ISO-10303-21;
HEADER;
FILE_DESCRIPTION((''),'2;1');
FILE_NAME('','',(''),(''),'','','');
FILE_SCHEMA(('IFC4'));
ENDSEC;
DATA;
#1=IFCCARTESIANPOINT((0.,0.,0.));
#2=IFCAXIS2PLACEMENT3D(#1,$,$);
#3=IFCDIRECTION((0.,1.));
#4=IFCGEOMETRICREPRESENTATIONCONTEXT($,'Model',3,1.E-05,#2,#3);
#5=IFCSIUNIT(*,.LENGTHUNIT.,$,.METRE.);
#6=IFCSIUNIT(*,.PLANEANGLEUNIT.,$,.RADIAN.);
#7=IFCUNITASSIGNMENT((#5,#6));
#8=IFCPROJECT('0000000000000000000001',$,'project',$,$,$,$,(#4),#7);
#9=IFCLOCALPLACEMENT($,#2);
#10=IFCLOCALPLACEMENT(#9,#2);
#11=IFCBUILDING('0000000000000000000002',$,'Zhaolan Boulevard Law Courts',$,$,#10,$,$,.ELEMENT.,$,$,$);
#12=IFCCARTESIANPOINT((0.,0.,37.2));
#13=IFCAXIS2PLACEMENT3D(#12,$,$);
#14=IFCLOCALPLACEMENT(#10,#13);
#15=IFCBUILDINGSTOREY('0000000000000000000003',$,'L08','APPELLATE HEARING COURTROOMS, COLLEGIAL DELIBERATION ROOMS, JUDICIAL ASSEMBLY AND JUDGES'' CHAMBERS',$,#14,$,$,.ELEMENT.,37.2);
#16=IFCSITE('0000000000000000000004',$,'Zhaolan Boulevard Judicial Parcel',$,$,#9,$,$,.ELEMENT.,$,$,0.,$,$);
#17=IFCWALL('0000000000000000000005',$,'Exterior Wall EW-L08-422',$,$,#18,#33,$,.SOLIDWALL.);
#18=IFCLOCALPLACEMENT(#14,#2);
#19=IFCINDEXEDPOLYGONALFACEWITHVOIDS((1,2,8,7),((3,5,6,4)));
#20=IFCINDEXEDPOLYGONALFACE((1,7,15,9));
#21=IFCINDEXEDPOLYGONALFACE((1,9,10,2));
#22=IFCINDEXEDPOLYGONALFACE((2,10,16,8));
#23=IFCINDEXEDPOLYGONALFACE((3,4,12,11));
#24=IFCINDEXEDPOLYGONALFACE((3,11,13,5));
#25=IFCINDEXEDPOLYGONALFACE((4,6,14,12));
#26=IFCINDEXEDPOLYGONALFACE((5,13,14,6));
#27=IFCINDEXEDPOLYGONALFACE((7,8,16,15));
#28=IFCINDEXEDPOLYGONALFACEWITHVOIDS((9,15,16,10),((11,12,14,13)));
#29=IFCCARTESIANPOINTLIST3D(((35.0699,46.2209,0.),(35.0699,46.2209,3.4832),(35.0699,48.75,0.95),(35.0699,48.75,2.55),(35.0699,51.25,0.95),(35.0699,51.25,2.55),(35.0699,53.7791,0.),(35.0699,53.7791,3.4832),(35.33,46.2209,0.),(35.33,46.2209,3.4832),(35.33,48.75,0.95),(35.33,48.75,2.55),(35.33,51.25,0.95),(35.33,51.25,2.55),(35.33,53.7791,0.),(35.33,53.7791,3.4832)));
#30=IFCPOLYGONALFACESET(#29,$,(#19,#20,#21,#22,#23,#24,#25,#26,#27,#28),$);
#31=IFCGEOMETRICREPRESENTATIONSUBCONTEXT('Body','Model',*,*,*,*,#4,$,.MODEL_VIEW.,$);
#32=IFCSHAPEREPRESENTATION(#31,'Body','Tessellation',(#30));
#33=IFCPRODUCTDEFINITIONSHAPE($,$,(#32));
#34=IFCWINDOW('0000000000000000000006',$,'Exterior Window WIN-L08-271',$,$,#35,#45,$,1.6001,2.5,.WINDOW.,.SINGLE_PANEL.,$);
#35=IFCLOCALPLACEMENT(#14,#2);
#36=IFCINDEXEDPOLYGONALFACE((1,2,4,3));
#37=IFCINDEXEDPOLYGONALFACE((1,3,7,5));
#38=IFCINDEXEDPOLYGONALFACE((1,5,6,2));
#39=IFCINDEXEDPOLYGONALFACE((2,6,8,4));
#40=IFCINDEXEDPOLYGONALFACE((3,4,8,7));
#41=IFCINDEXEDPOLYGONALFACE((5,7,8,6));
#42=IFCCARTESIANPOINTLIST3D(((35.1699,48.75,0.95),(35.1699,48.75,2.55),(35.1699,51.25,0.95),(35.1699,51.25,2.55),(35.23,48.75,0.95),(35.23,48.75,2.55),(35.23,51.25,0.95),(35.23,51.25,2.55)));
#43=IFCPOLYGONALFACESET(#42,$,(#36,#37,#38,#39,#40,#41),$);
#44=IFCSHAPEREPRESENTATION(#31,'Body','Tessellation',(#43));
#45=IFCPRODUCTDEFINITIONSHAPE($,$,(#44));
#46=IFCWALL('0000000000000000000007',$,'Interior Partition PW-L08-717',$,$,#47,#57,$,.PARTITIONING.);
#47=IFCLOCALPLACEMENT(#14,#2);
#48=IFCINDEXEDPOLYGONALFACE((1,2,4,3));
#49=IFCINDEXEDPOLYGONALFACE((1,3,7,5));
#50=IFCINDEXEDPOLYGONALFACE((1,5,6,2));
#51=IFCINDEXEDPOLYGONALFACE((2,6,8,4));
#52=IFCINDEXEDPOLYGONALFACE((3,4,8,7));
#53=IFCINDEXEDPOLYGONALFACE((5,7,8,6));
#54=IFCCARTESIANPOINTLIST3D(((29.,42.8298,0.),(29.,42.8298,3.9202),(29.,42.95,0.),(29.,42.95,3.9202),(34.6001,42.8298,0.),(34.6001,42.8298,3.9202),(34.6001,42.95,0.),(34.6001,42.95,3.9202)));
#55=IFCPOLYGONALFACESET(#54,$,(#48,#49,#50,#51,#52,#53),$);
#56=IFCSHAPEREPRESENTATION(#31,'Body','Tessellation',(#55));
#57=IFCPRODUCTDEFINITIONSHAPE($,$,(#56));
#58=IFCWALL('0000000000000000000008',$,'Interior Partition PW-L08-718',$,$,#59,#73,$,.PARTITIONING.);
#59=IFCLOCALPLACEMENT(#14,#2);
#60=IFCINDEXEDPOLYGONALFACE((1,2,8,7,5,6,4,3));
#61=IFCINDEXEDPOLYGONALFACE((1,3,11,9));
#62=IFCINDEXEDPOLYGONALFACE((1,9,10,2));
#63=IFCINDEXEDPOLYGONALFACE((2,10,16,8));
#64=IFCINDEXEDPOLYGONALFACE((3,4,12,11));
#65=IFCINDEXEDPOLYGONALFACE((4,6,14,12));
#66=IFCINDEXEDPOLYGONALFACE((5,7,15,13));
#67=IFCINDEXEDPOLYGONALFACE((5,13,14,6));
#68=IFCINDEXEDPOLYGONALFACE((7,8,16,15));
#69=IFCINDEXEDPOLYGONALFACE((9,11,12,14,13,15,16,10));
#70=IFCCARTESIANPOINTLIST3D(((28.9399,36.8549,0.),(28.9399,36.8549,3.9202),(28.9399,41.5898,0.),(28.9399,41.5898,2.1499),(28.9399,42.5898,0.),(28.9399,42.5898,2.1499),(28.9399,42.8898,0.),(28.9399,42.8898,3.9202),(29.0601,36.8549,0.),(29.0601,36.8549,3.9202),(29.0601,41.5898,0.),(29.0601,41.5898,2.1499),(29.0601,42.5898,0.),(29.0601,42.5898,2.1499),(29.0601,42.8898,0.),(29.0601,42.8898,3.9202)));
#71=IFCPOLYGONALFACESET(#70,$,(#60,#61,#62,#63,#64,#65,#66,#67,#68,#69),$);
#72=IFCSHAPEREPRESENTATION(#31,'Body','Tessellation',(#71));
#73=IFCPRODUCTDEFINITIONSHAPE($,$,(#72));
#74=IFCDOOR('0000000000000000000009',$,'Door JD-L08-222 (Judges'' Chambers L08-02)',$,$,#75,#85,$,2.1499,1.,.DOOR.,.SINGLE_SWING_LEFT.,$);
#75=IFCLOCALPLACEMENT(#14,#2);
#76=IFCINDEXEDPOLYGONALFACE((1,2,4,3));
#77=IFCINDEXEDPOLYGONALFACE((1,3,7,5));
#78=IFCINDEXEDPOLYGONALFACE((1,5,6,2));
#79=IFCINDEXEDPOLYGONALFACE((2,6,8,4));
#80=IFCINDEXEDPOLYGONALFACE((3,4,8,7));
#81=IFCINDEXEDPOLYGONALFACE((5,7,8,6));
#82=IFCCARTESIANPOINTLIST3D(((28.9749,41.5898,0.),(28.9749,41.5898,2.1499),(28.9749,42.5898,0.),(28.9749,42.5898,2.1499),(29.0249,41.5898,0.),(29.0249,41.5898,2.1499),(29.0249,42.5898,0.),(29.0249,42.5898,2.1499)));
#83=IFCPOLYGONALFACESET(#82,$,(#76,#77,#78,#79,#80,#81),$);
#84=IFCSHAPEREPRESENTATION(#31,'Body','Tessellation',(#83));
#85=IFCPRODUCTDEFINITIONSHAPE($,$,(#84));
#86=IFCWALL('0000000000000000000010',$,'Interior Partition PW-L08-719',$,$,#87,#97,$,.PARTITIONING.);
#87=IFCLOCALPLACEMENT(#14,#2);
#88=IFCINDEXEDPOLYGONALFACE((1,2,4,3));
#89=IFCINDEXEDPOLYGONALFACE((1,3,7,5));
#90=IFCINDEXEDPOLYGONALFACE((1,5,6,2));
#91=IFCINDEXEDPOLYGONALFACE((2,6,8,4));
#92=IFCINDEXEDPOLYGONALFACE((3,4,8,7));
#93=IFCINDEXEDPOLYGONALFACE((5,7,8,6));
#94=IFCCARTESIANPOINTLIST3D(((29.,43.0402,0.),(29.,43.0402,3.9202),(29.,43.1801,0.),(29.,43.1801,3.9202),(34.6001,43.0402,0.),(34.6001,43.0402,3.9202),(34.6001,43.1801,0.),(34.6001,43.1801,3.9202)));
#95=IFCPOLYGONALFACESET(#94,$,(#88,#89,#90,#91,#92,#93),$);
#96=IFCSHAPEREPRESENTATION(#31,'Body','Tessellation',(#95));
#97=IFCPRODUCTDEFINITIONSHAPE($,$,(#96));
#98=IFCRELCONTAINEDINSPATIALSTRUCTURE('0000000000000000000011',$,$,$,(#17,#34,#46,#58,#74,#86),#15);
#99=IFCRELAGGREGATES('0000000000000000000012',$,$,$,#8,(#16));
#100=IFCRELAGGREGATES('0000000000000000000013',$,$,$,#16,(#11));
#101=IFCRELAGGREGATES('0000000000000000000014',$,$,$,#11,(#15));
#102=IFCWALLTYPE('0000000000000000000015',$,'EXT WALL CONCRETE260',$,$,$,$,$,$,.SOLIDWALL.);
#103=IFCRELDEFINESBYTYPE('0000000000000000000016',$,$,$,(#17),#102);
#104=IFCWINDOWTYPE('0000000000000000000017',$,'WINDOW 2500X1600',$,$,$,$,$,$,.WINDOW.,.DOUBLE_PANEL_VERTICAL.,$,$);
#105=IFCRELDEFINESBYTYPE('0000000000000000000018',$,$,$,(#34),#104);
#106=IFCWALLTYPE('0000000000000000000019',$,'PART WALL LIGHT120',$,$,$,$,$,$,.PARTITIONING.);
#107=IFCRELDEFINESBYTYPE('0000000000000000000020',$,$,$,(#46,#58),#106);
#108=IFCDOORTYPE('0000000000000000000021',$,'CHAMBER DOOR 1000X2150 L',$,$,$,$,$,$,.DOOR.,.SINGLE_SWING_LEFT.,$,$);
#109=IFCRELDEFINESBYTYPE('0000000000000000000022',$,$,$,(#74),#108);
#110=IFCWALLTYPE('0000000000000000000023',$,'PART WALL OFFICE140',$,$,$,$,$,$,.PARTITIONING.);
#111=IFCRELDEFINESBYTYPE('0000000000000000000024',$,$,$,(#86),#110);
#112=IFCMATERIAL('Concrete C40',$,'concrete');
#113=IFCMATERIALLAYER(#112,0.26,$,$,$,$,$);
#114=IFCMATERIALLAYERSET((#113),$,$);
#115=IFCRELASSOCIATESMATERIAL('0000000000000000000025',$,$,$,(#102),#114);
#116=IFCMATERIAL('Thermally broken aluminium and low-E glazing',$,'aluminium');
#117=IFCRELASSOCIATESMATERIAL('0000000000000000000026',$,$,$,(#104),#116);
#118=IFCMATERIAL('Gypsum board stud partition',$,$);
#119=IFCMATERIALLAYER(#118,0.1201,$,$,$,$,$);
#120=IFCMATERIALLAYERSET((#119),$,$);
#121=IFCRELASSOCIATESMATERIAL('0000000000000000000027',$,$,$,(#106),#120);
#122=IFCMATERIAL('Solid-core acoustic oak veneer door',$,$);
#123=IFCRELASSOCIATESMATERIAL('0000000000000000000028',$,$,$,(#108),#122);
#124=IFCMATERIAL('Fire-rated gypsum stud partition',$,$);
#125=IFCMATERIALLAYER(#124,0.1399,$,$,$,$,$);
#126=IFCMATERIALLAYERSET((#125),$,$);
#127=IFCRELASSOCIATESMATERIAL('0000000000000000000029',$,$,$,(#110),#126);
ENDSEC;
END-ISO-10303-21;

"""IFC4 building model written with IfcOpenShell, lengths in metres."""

from ifc_helpers import new_model, si_unit, direction, frame, frame_2d, origin, place, context, subcontext, project, spatial, rectangle, extrude, material, layer, layer_set, type_object, element, fill, save


model = new_model("IFC4")

# Units and contexts
model_context = context("Model", 3, precision=1e-05, world=origin(), true_north=direction((0.0, 1.0)))
body_context = subcontext(model_context, "Body", "Model", "MODEL_VIEW")
ifc_project = project(units=[si_unit("LENGTHUNIT", "METRE"), si_unit("PLANEANGLEUNIT", "RADIAN")], contexts=[model_context])

# Site, building, storey
site_placement = place(None, origin())
site = spatial("IfcSite", under=ifc_project, at=site_placement, Name="Zhaolan Boulevard Judicial Parcel", CompositionType="ELEMENT", RefElevation=0.0)
building_placement = place(site_placement, origin())
building = spatial("IfcBuilding", under=site, at=building_placement, Name="Zhaolan Boulevard Law Courts", CompositionType="ELEMENT")
storey_placement = place(building_placement, frame((0.0, 0.0, 37.2)))
storey = spatial("IfcBuildingStorey", under=building, at=storey_placement, Name="L08", Description="APPELLATE HEARING COURTROOMS, COLLEGIAL DELIBERATION ROOMS, JUDICIAL ASSEMBLY AND JUDGES' CHAMBERS", CompositionType="ELEMENT", Elevation=37.2)

# Shared definitions
ifc_material_1 = material(Name="Concrete C40", Category="concrete")
ifc_layer_1 = layer(ifc_material_1, 0.26)
ifc_layer_set_1 = layer_set([ifc_layer_1])
wall_type_1 = type_object("IfcWallType", Name="EXT WALL CONCRETE260", PredefinedType="SOLIDWALL", material=ifc_layer_set_1)

# Wall, opening, window
wall_1_placement = place(storey_placement, frame((35.2, 46.2209, 0.0), z_axis=(0.0, 0.0, 1.0), x_axis=(0.0, 1.0, 0.0)))
wall_1 = element("IfcWall", 1, at=wall_1_placement, inside=storey, type_object=wall_type_1, Name="Exterior Wall EW-L08-422", PredefinedType="SOLIDWALL", context=body_context, shape_type="SweptSolid", body=[
    extrude(rectangle(XDim=7.5581, YDim=0.26, at=frame_2d((3.7791, 0.0))), origin(), (0.0, 0.0, 1.0), 3.4832),
])
opening_1_placement = place(wall_1_placement, frame((2.5291, 0.0, 0.95)))
opening_1 = element("IfcOpeningElement", 2, at=opening_1_placement, cuts=wall_1, PredefinedType="OPENING", context=body_context, shape_type="SweptSolid", body=[
    extrude(rectangle(XDim=2.5, YDim=1.6001, at=frame_2d((1.25, 0.8))), frame((0.0, 0.1399, 0.0), z_axis=(0.0, -1.0, 0.0), x_axis=(1.0, 0.0, 0.0)), (0.0, 0.0, 1.0), 0.28),
])
ifc_material_2 = material(Name="Thermally broken aluminium and low-E glazing", Category="aluminium")
window_type = type_object("IfcWindowType", Name="WINDOW 2500X1600", PartitioningType="DOUBLE_PANEL_VERTICAL", PredefinedType="WINDOW", material=ifc_material_2)
window_placement = place(opening_1_placement, origin())
window = element("IfcWindow", 3, at=window_placement, inside=storey, type_object=window_type, Name="Exterior Window WIN-L08-271", OverallHeight=1.6001, OverallWidth=2.5, PartitioningType="SINGLE_PANEL", PredefinedType="WINDOW", context=body_context, shape_type="SweptSolid", body=[
    extrude(rectangle(XDim=2.5, YDim=1.6001, at=frame_2d((1.25, 0.8))), frame((0.0, 0.03, 0.0), z_axis=(0.0, -1.0, 0.0), x_axis=(1.0, 0.0, 0.0)), (0.0, 0.0, 1.0), 0.0601),
])
fill(opening_1, window)

# Wall
ifc_material_3 = material(Name="Gypsum board stud partition")
ifc_layer_2 = layer(ifc_material_3, 0.1201)
ifc_layer_set_2 = layer_set([ifc_layer_2])
wall_type_2 = type_object("IfcWallType", Name="PART WALL LIGHT120", PredefinedType="PARTITIONING", material=ifc_layer_set_2)
wall_2_placement = place(storey_placement, frame((34.6001, 42.8899, 0.0), z_axis=(0.0, 0.0, 1.0), x_axis=(-1.0, 0.0, 0.0)))
element("IfcWall", 4, at=wall_2_placement, inside=storey, type_object=wall_type_2, Name="Interior Partition PW-L08-717", PredefinedType="PARTITIONING", context=body_context, shape_type="SweptSolid", body=[
    extrude(rectangle(XDim=5.6001, YDim=0.1201, at=frame_2d((2.8, 0.0))), origin(), (0.0, 0.0, 1.0), 3.9202),
])

# Wall, opening, door
wall_3_placement = place(storey_placement, frame((29.0, 42.8899, 0.0), z_axis=(0.0, 0.0, 1.0), x_axis=(0.0, -1.0, 0.0)))
wall_3 = element("IfcWall", 5, at=wall_3_placement, inside=storey, type_object=wall_type_2, Name="Interior Partition PW-L08-718", PredefinedType="PARTITIONING", context=body_context, shape_type="SweptSolid", body=[
    extrude(rectangle(XDim=6.0349, YDim=0.1201, at=frame_2d((3.0176, 0.0))), origin(), (0.0, 0.0, 1.0), 3.9202),
])
opening_2_placement = place(wall_3_placement, frame((0.3, 0.0, 0.0)))
opening_2 = element("IfcOpeningElement", 6, at=opening_2_placement, cuts=wall_3, PredefinedType="OPENING", context=body_context, shape_type="SweptSolid", body=[
    extrude(rectangle(XDim=1.0, YDim=2.1499, at=frame_2d((0.5, 1.075))), frame((0.0, 0.0701, 0.0), z_axis=(0.0, -1.0, 0.0), x_axis=(1.0, 0.0, 0.0)), (0.0, 0.0, 1.0), 0.1401),
])
ifc_material_4 = material(Name="Solid-core acoustic oak veneer door")
door_type_1 = type_object("IfcDoorType", Name="CHAMBER DOOR 1000X2150 L", OperationType="SINGLE_SWING_LEFT", PredefinedType="DOOR", material=ifc_material_4)
door_1_placement = place(opening_2_placement, origin())
door_1 = element("IfcDoor", 7, at=door_1_placement, inside=storey, type_object=door_type_1, Name="Door JD-L08-222 (Judges' Chambers L08-02)", OperationType="SINGLE_SWING_LEFT", OverallHeight=2.1499, OverallWidth=1.0, PredefinedType="DOOR", context=body_context, shape_type="SweptSolid", body=[
    extrude(rectangle(XDim=1.0, YDim=2.1499, at=frame_2d((0.5, 1.075))), frame((0.0, 0.0249, 0.0), z_axis=(0.0, -1.0, 0.0), x_axis=(1.0, 0.0, 0.0)), (0.0, 0.0, 1.0), 0.05),
])
fill(opening_2, door_1)

# Wall
ifc_material_5 = material(Name="Fire-rated gypsum stud partition")
ifc_layer_3 = layer(ifc_material_5, 0.1399)
ifc_layer_set_3 = layer_set([ifc_layer_3])
wall_type_3 = type_object("IfcWallType", Name="PART WALL OFFICE140", PredefinedType="PARTITIONING", material=ifc_layer_set_3)
wall_4_placement = place(storey_placement, frame((29.0, 43.1101, 0.0), z_axis=(0.0, 0.0, 1.0), x_axis=(1.0, 0.0, 0.0)))
element("IfcWall", 8, at=wall_4_placement, inside=storey, type_object=wall_type_3, Name="Interior Partition PW-L08-719", PredefinedType="PARTITIONING", context=body_context, shape_type="SweptSolid", body=[
    extrude(rectangle(XDim=5.6001, YDim=0.1399, at=frame_2d((2.8, 0.0))), origin(), (0.0, 0.0, 1.0), 3.9202),
])

save(model, "model.ifc")
